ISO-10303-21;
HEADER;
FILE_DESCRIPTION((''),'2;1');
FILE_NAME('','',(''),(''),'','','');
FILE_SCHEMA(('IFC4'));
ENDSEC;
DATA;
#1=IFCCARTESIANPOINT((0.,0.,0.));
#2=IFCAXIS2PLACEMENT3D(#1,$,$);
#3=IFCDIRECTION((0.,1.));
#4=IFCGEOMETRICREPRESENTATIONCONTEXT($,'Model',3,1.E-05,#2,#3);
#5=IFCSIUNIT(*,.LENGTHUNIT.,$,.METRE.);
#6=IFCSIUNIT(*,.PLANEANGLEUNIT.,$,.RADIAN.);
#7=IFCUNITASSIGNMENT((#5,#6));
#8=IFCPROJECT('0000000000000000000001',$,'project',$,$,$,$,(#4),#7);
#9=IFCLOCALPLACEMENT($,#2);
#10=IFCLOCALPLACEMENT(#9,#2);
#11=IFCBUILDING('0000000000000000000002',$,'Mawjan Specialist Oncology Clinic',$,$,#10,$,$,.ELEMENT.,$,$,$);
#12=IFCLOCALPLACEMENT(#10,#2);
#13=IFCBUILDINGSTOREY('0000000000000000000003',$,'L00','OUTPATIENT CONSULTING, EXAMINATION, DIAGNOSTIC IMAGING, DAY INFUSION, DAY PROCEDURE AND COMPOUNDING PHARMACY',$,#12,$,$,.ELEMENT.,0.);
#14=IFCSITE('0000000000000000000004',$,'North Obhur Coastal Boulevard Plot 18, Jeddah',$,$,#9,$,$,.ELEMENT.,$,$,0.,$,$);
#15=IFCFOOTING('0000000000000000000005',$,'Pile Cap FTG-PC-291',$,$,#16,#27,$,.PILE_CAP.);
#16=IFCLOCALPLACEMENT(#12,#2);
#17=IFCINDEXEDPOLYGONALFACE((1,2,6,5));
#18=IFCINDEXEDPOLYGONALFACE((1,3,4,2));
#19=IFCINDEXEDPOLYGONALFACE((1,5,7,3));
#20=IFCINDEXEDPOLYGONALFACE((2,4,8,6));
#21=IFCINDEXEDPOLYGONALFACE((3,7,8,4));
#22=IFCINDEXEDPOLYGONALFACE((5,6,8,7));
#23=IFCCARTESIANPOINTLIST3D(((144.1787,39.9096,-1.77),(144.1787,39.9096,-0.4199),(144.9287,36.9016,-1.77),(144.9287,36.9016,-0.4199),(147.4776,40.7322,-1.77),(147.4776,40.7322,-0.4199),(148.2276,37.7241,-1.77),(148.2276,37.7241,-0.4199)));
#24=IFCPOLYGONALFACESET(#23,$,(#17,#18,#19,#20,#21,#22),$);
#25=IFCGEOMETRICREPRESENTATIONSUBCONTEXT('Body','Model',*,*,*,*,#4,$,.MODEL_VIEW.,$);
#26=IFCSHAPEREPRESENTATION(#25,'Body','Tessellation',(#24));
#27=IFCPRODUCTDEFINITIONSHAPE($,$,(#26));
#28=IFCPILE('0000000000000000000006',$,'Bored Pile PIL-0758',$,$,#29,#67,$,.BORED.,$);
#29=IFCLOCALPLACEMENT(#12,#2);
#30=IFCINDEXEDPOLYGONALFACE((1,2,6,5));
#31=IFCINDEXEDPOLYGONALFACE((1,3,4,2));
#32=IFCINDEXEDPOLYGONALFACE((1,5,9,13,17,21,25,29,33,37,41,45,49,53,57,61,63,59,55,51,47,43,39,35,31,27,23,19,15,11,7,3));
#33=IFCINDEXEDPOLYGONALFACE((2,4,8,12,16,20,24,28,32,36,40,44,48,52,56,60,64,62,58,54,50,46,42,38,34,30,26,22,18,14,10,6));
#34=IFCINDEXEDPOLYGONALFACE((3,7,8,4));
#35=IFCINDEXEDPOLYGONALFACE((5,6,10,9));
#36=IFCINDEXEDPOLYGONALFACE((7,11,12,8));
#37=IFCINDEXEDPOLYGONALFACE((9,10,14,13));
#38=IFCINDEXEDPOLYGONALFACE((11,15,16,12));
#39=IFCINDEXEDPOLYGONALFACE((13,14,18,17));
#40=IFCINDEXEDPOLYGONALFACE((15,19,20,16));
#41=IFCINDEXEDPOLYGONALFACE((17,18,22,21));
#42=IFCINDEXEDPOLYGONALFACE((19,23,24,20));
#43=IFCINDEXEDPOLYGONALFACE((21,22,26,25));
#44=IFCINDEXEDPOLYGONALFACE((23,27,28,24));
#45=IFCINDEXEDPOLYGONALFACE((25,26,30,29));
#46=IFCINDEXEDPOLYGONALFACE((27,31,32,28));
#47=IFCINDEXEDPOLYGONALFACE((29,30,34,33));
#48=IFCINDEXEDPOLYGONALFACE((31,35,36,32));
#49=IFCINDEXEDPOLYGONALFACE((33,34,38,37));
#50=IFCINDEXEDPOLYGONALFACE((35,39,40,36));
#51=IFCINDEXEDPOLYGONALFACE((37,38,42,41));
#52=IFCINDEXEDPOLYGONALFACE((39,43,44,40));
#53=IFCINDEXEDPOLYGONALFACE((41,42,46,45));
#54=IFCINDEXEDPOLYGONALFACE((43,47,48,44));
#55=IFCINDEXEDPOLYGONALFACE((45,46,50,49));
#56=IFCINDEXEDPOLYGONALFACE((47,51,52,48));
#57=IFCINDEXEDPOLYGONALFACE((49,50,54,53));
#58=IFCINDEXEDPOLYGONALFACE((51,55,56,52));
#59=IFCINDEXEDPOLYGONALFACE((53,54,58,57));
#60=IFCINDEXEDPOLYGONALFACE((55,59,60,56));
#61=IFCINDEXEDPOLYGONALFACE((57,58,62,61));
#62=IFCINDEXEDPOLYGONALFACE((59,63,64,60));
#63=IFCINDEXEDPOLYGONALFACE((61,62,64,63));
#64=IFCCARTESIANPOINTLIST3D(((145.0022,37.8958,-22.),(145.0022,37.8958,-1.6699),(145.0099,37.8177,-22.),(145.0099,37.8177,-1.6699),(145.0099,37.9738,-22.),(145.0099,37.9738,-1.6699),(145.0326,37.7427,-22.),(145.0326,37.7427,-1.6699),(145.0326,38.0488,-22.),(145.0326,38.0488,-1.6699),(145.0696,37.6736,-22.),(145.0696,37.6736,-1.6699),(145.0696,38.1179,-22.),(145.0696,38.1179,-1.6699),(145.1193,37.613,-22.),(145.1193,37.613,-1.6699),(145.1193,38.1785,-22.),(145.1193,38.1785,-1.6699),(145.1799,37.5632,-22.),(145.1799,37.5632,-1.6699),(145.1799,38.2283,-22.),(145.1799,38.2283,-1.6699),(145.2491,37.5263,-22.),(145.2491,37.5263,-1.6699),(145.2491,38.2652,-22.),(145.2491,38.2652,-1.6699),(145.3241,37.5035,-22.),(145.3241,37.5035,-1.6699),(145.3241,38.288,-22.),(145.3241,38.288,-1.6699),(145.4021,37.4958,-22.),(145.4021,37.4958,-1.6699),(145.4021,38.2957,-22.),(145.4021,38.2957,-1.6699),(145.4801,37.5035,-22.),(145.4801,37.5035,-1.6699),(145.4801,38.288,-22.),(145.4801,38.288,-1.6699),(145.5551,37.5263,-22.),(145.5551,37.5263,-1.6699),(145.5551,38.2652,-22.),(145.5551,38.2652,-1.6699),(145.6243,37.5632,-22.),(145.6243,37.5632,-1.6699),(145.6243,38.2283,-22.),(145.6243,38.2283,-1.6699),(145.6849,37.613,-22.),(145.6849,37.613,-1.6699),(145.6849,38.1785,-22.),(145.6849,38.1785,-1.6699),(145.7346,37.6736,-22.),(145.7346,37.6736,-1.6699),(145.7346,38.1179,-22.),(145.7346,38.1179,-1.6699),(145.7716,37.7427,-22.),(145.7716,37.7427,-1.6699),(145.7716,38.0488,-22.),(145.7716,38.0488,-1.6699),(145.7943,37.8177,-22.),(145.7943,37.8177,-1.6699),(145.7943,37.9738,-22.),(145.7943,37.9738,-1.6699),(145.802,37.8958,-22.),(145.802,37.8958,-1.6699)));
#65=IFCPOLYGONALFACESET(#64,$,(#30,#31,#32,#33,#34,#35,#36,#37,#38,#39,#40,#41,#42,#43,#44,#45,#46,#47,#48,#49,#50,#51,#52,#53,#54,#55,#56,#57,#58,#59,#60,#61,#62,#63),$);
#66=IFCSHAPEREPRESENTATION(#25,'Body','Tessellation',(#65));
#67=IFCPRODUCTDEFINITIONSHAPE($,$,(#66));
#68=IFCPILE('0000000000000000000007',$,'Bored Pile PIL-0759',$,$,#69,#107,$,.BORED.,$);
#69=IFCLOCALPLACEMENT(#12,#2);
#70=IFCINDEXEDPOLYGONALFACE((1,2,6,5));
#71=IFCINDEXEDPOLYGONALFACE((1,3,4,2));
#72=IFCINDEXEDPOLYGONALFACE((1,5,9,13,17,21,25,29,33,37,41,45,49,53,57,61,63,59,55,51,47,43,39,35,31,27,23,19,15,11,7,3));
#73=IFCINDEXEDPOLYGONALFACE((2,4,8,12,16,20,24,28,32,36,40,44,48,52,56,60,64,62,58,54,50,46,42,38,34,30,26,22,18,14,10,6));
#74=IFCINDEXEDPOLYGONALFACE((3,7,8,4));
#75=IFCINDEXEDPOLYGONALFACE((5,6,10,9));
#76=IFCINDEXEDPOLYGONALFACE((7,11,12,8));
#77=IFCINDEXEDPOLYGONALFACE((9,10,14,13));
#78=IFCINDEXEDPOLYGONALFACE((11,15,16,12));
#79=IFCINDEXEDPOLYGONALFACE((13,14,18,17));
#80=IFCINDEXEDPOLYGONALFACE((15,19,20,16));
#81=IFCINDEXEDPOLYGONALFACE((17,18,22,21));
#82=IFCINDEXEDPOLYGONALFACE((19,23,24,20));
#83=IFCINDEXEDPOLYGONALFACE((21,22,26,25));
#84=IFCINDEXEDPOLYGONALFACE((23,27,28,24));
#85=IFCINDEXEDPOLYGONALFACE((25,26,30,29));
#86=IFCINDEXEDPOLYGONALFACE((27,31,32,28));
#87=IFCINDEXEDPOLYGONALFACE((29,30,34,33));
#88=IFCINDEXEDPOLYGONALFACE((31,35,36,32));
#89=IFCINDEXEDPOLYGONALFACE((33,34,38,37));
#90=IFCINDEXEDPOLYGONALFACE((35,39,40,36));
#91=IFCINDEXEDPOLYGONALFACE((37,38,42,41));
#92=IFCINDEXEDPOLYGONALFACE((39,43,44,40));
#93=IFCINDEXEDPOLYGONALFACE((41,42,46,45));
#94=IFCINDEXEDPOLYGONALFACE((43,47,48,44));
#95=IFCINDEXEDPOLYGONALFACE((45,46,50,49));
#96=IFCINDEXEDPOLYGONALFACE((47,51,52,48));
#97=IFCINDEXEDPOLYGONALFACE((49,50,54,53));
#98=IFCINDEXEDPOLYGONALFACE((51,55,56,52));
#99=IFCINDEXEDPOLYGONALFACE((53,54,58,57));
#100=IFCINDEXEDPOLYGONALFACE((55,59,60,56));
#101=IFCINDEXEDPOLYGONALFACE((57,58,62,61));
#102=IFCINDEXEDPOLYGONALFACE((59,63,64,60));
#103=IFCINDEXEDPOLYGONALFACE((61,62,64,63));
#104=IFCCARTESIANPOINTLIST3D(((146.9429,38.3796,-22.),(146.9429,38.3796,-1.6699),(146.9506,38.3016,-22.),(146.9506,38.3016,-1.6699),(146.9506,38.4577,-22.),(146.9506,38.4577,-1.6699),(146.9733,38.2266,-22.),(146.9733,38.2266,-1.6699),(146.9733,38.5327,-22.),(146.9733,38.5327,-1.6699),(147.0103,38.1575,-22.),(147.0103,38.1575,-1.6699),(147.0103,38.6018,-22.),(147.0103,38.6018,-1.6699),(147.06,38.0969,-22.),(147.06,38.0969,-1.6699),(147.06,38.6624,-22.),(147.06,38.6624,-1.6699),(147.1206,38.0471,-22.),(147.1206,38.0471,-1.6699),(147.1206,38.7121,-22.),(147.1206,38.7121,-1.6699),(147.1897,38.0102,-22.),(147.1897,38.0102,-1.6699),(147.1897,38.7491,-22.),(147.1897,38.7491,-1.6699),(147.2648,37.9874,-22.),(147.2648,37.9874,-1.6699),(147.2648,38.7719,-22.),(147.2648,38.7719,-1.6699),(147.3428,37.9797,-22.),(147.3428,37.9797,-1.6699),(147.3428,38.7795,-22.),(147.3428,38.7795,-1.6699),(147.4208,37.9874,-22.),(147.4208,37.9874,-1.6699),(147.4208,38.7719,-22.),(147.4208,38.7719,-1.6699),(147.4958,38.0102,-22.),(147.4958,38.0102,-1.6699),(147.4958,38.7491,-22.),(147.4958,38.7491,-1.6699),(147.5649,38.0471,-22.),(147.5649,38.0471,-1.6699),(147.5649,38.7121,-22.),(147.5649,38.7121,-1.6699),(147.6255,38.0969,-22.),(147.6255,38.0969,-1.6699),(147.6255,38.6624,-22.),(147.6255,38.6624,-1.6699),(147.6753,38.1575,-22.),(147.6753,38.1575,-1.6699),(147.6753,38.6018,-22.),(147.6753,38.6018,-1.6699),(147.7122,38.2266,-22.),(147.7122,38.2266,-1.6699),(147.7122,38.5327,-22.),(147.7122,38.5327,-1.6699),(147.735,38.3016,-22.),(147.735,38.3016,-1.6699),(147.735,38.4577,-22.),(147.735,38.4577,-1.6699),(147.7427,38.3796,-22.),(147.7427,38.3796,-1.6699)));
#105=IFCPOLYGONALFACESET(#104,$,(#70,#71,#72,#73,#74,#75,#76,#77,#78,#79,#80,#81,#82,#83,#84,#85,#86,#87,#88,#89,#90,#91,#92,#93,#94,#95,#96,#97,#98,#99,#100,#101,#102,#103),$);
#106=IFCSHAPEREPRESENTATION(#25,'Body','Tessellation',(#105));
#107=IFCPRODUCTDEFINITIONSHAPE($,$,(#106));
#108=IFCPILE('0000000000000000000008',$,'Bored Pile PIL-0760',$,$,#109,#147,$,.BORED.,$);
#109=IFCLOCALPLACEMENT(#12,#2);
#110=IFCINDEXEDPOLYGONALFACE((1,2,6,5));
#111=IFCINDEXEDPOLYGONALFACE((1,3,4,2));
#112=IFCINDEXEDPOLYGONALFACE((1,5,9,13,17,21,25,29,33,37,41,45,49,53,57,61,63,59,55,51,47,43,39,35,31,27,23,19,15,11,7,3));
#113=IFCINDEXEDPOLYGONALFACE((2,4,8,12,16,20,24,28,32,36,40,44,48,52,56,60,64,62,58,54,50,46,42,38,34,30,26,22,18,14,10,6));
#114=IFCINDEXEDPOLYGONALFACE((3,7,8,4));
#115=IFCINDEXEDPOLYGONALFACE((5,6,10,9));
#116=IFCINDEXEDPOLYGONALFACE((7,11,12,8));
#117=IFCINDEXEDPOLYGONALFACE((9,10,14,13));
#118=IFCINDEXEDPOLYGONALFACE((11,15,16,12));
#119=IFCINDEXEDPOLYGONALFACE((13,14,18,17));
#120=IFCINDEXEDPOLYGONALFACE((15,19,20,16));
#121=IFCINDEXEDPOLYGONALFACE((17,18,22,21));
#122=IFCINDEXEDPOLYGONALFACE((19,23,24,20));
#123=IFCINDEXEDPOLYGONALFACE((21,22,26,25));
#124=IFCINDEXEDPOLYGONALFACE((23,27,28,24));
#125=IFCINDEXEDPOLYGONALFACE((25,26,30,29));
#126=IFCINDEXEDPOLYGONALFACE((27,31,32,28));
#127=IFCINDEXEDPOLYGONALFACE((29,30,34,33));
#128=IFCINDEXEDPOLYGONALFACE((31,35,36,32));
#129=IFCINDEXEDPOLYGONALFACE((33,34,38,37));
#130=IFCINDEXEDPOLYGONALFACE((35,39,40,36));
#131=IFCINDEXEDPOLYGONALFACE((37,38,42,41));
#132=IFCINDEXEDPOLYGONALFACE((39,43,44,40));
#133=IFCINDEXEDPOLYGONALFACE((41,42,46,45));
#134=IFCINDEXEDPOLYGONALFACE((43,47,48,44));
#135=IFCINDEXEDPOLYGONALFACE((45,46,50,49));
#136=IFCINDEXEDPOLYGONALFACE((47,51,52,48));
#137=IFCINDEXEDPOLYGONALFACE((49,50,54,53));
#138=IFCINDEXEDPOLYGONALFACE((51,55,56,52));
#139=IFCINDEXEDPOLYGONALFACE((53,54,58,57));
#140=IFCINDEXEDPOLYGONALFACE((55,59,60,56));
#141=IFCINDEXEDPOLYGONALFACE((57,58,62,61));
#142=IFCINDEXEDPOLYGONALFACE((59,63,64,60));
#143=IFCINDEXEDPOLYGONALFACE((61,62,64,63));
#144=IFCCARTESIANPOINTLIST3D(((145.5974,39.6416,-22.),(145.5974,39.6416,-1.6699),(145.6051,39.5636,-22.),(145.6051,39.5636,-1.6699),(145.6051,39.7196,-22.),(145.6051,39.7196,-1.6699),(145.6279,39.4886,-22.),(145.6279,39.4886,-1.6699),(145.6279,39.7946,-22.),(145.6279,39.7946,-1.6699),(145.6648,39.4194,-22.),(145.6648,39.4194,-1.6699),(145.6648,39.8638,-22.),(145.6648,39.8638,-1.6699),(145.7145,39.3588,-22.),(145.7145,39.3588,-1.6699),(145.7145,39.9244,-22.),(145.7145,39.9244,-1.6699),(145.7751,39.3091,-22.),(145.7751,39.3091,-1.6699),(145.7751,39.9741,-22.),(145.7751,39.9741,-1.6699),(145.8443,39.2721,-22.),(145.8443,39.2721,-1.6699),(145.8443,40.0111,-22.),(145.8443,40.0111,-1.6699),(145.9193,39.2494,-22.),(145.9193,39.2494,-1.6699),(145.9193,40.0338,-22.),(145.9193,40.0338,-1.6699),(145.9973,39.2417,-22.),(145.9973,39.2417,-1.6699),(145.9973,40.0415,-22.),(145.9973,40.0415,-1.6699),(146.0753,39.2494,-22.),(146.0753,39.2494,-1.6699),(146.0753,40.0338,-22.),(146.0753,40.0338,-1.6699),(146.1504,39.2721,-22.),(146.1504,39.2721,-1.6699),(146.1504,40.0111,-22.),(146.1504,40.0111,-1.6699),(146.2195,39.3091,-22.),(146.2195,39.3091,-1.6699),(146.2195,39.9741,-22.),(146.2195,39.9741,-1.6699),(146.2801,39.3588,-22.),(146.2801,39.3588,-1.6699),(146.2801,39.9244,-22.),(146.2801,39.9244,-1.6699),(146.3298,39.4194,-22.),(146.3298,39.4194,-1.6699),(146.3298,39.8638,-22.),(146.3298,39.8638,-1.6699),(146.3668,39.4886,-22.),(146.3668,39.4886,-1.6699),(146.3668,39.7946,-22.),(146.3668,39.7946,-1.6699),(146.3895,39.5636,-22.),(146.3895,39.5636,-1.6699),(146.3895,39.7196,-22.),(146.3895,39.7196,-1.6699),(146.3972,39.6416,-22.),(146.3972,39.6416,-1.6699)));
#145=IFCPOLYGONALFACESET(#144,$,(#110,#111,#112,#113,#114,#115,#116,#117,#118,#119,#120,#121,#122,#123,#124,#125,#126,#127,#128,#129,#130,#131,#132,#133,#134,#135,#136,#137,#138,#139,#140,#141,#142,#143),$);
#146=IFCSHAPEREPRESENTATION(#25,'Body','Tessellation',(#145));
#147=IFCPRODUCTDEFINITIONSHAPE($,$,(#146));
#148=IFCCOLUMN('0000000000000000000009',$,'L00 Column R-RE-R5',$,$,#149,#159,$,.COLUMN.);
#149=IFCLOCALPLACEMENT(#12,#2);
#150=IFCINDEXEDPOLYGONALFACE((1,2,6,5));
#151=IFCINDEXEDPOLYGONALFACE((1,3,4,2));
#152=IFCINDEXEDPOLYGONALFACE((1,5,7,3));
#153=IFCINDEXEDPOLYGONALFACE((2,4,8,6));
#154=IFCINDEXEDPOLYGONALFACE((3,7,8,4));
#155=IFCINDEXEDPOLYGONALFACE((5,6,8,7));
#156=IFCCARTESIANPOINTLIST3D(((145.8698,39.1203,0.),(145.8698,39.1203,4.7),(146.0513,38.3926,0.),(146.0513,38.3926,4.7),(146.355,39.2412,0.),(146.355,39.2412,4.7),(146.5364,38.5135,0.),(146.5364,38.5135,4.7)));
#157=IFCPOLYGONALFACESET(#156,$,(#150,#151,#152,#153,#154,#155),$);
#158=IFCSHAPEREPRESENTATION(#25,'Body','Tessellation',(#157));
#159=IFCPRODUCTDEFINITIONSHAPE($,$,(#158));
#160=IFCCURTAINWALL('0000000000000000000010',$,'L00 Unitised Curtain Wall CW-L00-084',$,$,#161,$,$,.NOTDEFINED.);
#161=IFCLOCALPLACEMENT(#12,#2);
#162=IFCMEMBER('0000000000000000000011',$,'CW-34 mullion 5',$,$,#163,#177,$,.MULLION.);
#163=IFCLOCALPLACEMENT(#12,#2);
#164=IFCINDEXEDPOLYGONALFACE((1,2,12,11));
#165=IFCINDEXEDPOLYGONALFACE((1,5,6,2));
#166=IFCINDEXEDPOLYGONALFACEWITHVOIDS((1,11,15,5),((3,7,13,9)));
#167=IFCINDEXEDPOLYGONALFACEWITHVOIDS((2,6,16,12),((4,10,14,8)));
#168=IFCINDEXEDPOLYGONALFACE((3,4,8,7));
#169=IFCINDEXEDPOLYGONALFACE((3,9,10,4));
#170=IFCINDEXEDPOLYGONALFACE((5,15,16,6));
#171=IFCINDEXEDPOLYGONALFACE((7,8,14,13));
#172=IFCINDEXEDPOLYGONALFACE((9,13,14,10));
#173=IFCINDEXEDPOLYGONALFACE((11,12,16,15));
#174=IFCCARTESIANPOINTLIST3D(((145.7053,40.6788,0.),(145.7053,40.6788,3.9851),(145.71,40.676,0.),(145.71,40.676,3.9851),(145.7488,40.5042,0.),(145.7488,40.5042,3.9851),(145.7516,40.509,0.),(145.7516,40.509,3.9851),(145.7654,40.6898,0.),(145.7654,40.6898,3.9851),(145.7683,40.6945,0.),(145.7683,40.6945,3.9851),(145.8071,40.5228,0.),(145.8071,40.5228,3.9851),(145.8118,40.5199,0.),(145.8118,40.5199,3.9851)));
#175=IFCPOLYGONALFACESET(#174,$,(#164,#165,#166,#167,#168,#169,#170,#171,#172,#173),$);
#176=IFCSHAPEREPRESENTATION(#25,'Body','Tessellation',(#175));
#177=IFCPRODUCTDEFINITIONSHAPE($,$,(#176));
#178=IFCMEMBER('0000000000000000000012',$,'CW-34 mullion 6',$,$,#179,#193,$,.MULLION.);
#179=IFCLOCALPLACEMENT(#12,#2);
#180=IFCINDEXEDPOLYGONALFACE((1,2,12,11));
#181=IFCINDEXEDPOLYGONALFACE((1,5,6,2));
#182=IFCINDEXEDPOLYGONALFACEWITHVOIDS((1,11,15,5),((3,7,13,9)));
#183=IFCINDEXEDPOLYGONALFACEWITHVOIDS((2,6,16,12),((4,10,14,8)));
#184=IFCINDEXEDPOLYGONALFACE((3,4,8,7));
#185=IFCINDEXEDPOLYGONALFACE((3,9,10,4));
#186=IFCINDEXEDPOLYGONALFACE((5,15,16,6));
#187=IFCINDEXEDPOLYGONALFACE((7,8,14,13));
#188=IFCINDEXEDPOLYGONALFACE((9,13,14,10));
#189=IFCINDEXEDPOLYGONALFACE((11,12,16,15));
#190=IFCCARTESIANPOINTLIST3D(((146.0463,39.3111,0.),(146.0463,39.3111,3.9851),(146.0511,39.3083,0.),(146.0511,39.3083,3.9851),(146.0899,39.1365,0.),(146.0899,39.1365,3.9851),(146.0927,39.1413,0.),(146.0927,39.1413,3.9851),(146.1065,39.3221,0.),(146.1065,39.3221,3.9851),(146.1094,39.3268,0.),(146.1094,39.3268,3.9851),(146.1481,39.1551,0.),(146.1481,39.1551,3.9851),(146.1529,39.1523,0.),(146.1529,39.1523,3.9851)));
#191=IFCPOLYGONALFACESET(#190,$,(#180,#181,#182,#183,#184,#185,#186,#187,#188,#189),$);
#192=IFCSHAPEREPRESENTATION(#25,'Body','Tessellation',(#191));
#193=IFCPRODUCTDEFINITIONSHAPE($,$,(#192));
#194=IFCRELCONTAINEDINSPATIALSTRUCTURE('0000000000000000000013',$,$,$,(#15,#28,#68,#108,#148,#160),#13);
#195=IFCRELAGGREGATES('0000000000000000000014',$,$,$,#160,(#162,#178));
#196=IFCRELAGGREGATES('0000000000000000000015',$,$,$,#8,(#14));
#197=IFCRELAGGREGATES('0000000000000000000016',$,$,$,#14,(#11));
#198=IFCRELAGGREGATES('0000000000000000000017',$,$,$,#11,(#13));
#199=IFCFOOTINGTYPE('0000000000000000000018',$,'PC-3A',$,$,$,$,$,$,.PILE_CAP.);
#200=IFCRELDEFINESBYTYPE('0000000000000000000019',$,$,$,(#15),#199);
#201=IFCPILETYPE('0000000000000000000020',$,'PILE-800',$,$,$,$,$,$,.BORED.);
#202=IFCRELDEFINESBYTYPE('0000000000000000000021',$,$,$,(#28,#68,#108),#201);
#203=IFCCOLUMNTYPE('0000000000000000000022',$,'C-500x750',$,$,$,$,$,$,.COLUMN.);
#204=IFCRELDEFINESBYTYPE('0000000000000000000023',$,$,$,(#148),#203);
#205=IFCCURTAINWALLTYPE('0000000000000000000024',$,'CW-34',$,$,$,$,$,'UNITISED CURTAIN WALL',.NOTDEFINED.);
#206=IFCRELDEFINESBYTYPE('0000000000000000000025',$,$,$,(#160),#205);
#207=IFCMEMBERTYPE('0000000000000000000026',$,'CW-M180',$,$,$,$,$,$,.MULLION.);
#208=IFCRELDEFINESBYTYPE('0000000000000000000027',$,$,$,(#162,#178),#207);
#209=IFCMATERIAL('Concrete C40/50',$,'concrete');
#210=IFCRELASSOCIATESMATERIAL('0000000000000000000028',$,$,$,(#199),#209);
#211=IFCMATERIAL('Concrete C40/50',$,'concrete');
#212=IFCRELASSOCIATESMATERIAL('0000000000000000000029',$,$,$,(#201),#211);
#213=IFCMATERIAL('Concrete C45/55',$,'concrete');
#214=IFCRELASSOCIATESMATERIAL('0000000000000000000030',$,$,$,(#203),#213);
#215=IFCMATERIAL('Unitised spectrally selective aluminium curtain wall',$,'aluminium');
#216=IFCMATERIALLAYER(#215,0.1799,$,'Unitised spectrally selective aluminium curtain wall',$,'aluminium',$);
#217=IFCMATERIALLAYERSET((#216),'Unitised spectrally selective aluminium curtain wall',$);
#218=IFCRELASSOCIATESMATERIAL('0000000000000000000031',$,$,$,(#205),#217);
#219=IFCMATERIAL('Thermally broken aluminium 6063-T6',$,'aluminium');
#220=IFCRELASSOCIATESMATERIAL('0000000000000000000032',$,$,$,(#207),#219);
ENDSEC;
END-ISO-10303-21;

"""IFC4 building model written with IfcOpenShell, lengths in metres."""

from ifc_helpers import new_model, si_unit, direction, frame, origin, origin_2d, place, context, subcontext, project, spatial, rectangle, hollow_rectangle, circle, extrude, material, layer, layer_set, material_profile, profile_set, type_object, element, aggregate, save


model = new_model("IFC4")

# Units and contexts
model_context = context("Model", 3, precision=1e-05, world=origin(), true_north=direction((0.0, 1.0)))
body_context = subcontext(model_context, "Body", "Model", "MODEL_VIEW")
ifc_project = project(units=[si_unit("LENGTHUNIT", "METRE"), si_unit("PLANEANGLEUNIT", "RADIAN")], contexts=[model_context])

# Site, building, storey
site_placement = place(None, origin())
site = spatial("IfcSite", under=ifc_project, at=site_placement, Name="North Obhur Coastal Boulevard Plot 18, Jeddah", CompositionType="ELEMENT", RefElevation=0.0)
building_placement = place(site_placement, origin())
building = spatial("IfcBuilding", under=site, at=building_placement, Name="Mawjan Specialist Oncology Clinic", CompositionType="ELEMENT")
storey_placement = place(building_placement, origin())
storey = spatial("IfcBuildingStorey", under=building, at=storey_placement, Name="L00", Description="OUTPATIENT CONSULTING, EXAMINATION, DIAGNOSTIC IMAGING, DAY INFUSION, DAY PROCEDURE AND COMPOUNDING PHARMACY", CompositionType="ELEMENT", Elevation=0.0)

# Footing
ifc_material_1 = material(Name="Concrete C40/50", Category="concrete")
footing_type = type_object("IfcFootingType", Name="PC-3A", PredefinedType="PILE_CAP", material=ifc_material_1)
footing_placement = place(storey_placement, frame((146.2031, 38.8169, -1.77), z_axis=(0.0, 0.0, 1.0), x_axis=(0.970296, 0.241922, 0.0)))
element("IfcFooting", 1, at=footing_placement, inside=storey, type_object=footing_type, Name="Pile Cap FTG-PC-291", PredefinedType="PILE_CAP", context=body_context, shape_type="SweptSolid", body=[
    extrude(rectangle(XDim=3.3999, YDim=3.1001, at=origin_2d()), origin(), (0.0, 0.0, 1.0), 1.3501),
])

# Piles
ifc_material_2 = material(Name="Concrete C40/50", Category="concrete")
ifc_material_profile_1 = material_profile(ifc_material_2, circle(Radius=0.3999, at=origin_2d()), Name="BORED PILE D800", Category="concrete")
ifc_profile_set_1 = profile_set([ifc_material_profile_1], Name="Concrete C40/50")
pile_type = type_object("IfcPileType", Name="PILE-800", PredefinedType="BORED", material=ifc_profile_set_1)
for number, where, z_axis, x_axis, name in (
    (2, (145.4021, 37.8958, -1.6699), (0.0, 0.0, -1.0), (1.0, 0.0, 0.0), "Bored Pile PIL-0758"),
    (3, (147.3428, 38.3796, -1.6699), (0.0, 0.0, -1.0), (1.0, 0.0, 0.0), "Bored Pile PIL-0759"),
    (4, (145.9973, 39.6416, -1.6699), (0.0, 0.0, -1.0), (1.0, 0.0, 0.0), "Bored Pile PIL-0760"),
):
    element("IfcPile", number, at=place(storey_placement, frame(where, z_axis=z_axis, x_axis=x_axis)), inside=storey, type_object=pile_type, Name=name, PredefinedType="BORED", context=body_context, shape_type="SweptSolid", body=[
        extrude(circle(Radius=0.3999, at=origin_2d()), origin(), (0.0, 0.0, 1.0), 20.3301),
    ])

# Column
ifc_material_3 = material(Name="Concrete C45/55", Category="concrete")
ifc_material_profile_2 = material_profile(ifc_material_3, rectangle(XDim=0.5, YDim=0.75, at=origin_2d()), Name="RC COL 500x750", Category="concrete")
ifc_profile_set_2 = profile_set([ifc_material_profile_2], Name="Concrete C45/55")
column_type = type_object("IfcColumnType", Name="C-500x750", PredefinedType="COLUMN", material=ifc_profile_set_2)
column_placement = place(storey_placement, frame((146.2031, 38.8169, 0.0), z_axis=(0.0, 0.0, 1.0), x_axis=(0.970296, 0.241922, 0.0)))
element("IfcColumn", 5, at=column_placement, inside=storey, type_object=column_type, Name="L00 Column R-RE-R5", PredefinedType="COLUMN", context=body_context, shape_type="SweptSolid", body=[
    extrude(rectangle(XDim=0.5, YDim=0.75, at=origin_2d()), origin(), (0.0, 0.0, 1.0), 4.7),
])

# Curtain wall, members
ifc_material_4 = material(Name="Unitised spectrally selective aluminium curtain wall", Category="aluminium")
ifc_layer_1 = layer(ifc_material_4, 0.1799, Name="Unitised spectrally selective aluminium curtain wall", Category="aluminium")
ifc_layer_set_1 = layer_set([ifc_layer_1], Name="Unitised spectrally selective aluminium curtain wall")
curtain_wall_type = type_object("IfcCurtainWallType", Name="CW-34", ElementType="UNITISED CURTAIN WALL", PredefinedType="NOTDEFINED", material=ifc_layer_set_1)
curtain_wall_placement = place(storey_placement, origin())
curtain_wall = element("IfcCurtainWall", 6, at=curtain_wall_placement, inside=storey, type_object=curtain_wall_type, Name="L00 Unitised Curtain Wall CW-L00-084", PredefinedType="NOTDEFINED")
ifc_material_5 = material(Name="Thermally broken aluminium 6063-T6", Category="aluminium")
ifc_material_profile_3 = material_profile(ifc_material_5, hollow_rectangle(XDim=0.0649, YDim=0.1799, WallThickness=0.0039, at=origin_2d()), Name="ALU MULLION 180x65x4", Category="aluminium")
ifc_profile_set_3 = profile_set([ifc_material_profile_3], Name="Thermally broken aluminium 6063-T6")
member_type_1 = type_object("IfcMemberType", Name="CW-M180", PredefinedType="MULLION", material=ifc_profile_set_3)
member_1_placement = place(storey_placement, frame((145.7585, 40.5994, 0.0), z_axis=(0.0, 0.0, 1.0), x_axis=(0.970296, 0.241922, 0.0)))
member_1 = element("IfcMember", 7, at=member_1_placement, type_object=member_type_1, Name="CW-34 mullion 5", PredefinedType="MULLION", context=body_context, shape_type="SweptSolid", body=[
    extrude(hollow_rectangle(XDim=0.0649, YDim=0.1799, WallThickness=0.0039, at=origin_2d()), origin(), (0.0, 0.0, 1.0), 3.9851),
])
member_2_placement = place(storey_placement, frame((146.0996, 39.2317, 0.0), z_axis=(0.0, 0.0, 1.0), x_axis=(0.970296, 0.241922, 0.0)))
member_2 = element("IfcMember", 8, at=member_2_placement, type_object=member_type_1, Name="CW-34 mullion 6", PredefinedType="MULLION", context=body_context, shape_type="SweptSolid", body=[
    extrude(hollow_rectangle(XDim=0.0649, YDim=0.1799, WallThickness=0.0039, at=origin_2d()), origin(), (0.0, 0.0, 1.0), 3.9851),
])
aggregate(curtain_wall, [member_1, member_2])

save(model, "model.ifc")
